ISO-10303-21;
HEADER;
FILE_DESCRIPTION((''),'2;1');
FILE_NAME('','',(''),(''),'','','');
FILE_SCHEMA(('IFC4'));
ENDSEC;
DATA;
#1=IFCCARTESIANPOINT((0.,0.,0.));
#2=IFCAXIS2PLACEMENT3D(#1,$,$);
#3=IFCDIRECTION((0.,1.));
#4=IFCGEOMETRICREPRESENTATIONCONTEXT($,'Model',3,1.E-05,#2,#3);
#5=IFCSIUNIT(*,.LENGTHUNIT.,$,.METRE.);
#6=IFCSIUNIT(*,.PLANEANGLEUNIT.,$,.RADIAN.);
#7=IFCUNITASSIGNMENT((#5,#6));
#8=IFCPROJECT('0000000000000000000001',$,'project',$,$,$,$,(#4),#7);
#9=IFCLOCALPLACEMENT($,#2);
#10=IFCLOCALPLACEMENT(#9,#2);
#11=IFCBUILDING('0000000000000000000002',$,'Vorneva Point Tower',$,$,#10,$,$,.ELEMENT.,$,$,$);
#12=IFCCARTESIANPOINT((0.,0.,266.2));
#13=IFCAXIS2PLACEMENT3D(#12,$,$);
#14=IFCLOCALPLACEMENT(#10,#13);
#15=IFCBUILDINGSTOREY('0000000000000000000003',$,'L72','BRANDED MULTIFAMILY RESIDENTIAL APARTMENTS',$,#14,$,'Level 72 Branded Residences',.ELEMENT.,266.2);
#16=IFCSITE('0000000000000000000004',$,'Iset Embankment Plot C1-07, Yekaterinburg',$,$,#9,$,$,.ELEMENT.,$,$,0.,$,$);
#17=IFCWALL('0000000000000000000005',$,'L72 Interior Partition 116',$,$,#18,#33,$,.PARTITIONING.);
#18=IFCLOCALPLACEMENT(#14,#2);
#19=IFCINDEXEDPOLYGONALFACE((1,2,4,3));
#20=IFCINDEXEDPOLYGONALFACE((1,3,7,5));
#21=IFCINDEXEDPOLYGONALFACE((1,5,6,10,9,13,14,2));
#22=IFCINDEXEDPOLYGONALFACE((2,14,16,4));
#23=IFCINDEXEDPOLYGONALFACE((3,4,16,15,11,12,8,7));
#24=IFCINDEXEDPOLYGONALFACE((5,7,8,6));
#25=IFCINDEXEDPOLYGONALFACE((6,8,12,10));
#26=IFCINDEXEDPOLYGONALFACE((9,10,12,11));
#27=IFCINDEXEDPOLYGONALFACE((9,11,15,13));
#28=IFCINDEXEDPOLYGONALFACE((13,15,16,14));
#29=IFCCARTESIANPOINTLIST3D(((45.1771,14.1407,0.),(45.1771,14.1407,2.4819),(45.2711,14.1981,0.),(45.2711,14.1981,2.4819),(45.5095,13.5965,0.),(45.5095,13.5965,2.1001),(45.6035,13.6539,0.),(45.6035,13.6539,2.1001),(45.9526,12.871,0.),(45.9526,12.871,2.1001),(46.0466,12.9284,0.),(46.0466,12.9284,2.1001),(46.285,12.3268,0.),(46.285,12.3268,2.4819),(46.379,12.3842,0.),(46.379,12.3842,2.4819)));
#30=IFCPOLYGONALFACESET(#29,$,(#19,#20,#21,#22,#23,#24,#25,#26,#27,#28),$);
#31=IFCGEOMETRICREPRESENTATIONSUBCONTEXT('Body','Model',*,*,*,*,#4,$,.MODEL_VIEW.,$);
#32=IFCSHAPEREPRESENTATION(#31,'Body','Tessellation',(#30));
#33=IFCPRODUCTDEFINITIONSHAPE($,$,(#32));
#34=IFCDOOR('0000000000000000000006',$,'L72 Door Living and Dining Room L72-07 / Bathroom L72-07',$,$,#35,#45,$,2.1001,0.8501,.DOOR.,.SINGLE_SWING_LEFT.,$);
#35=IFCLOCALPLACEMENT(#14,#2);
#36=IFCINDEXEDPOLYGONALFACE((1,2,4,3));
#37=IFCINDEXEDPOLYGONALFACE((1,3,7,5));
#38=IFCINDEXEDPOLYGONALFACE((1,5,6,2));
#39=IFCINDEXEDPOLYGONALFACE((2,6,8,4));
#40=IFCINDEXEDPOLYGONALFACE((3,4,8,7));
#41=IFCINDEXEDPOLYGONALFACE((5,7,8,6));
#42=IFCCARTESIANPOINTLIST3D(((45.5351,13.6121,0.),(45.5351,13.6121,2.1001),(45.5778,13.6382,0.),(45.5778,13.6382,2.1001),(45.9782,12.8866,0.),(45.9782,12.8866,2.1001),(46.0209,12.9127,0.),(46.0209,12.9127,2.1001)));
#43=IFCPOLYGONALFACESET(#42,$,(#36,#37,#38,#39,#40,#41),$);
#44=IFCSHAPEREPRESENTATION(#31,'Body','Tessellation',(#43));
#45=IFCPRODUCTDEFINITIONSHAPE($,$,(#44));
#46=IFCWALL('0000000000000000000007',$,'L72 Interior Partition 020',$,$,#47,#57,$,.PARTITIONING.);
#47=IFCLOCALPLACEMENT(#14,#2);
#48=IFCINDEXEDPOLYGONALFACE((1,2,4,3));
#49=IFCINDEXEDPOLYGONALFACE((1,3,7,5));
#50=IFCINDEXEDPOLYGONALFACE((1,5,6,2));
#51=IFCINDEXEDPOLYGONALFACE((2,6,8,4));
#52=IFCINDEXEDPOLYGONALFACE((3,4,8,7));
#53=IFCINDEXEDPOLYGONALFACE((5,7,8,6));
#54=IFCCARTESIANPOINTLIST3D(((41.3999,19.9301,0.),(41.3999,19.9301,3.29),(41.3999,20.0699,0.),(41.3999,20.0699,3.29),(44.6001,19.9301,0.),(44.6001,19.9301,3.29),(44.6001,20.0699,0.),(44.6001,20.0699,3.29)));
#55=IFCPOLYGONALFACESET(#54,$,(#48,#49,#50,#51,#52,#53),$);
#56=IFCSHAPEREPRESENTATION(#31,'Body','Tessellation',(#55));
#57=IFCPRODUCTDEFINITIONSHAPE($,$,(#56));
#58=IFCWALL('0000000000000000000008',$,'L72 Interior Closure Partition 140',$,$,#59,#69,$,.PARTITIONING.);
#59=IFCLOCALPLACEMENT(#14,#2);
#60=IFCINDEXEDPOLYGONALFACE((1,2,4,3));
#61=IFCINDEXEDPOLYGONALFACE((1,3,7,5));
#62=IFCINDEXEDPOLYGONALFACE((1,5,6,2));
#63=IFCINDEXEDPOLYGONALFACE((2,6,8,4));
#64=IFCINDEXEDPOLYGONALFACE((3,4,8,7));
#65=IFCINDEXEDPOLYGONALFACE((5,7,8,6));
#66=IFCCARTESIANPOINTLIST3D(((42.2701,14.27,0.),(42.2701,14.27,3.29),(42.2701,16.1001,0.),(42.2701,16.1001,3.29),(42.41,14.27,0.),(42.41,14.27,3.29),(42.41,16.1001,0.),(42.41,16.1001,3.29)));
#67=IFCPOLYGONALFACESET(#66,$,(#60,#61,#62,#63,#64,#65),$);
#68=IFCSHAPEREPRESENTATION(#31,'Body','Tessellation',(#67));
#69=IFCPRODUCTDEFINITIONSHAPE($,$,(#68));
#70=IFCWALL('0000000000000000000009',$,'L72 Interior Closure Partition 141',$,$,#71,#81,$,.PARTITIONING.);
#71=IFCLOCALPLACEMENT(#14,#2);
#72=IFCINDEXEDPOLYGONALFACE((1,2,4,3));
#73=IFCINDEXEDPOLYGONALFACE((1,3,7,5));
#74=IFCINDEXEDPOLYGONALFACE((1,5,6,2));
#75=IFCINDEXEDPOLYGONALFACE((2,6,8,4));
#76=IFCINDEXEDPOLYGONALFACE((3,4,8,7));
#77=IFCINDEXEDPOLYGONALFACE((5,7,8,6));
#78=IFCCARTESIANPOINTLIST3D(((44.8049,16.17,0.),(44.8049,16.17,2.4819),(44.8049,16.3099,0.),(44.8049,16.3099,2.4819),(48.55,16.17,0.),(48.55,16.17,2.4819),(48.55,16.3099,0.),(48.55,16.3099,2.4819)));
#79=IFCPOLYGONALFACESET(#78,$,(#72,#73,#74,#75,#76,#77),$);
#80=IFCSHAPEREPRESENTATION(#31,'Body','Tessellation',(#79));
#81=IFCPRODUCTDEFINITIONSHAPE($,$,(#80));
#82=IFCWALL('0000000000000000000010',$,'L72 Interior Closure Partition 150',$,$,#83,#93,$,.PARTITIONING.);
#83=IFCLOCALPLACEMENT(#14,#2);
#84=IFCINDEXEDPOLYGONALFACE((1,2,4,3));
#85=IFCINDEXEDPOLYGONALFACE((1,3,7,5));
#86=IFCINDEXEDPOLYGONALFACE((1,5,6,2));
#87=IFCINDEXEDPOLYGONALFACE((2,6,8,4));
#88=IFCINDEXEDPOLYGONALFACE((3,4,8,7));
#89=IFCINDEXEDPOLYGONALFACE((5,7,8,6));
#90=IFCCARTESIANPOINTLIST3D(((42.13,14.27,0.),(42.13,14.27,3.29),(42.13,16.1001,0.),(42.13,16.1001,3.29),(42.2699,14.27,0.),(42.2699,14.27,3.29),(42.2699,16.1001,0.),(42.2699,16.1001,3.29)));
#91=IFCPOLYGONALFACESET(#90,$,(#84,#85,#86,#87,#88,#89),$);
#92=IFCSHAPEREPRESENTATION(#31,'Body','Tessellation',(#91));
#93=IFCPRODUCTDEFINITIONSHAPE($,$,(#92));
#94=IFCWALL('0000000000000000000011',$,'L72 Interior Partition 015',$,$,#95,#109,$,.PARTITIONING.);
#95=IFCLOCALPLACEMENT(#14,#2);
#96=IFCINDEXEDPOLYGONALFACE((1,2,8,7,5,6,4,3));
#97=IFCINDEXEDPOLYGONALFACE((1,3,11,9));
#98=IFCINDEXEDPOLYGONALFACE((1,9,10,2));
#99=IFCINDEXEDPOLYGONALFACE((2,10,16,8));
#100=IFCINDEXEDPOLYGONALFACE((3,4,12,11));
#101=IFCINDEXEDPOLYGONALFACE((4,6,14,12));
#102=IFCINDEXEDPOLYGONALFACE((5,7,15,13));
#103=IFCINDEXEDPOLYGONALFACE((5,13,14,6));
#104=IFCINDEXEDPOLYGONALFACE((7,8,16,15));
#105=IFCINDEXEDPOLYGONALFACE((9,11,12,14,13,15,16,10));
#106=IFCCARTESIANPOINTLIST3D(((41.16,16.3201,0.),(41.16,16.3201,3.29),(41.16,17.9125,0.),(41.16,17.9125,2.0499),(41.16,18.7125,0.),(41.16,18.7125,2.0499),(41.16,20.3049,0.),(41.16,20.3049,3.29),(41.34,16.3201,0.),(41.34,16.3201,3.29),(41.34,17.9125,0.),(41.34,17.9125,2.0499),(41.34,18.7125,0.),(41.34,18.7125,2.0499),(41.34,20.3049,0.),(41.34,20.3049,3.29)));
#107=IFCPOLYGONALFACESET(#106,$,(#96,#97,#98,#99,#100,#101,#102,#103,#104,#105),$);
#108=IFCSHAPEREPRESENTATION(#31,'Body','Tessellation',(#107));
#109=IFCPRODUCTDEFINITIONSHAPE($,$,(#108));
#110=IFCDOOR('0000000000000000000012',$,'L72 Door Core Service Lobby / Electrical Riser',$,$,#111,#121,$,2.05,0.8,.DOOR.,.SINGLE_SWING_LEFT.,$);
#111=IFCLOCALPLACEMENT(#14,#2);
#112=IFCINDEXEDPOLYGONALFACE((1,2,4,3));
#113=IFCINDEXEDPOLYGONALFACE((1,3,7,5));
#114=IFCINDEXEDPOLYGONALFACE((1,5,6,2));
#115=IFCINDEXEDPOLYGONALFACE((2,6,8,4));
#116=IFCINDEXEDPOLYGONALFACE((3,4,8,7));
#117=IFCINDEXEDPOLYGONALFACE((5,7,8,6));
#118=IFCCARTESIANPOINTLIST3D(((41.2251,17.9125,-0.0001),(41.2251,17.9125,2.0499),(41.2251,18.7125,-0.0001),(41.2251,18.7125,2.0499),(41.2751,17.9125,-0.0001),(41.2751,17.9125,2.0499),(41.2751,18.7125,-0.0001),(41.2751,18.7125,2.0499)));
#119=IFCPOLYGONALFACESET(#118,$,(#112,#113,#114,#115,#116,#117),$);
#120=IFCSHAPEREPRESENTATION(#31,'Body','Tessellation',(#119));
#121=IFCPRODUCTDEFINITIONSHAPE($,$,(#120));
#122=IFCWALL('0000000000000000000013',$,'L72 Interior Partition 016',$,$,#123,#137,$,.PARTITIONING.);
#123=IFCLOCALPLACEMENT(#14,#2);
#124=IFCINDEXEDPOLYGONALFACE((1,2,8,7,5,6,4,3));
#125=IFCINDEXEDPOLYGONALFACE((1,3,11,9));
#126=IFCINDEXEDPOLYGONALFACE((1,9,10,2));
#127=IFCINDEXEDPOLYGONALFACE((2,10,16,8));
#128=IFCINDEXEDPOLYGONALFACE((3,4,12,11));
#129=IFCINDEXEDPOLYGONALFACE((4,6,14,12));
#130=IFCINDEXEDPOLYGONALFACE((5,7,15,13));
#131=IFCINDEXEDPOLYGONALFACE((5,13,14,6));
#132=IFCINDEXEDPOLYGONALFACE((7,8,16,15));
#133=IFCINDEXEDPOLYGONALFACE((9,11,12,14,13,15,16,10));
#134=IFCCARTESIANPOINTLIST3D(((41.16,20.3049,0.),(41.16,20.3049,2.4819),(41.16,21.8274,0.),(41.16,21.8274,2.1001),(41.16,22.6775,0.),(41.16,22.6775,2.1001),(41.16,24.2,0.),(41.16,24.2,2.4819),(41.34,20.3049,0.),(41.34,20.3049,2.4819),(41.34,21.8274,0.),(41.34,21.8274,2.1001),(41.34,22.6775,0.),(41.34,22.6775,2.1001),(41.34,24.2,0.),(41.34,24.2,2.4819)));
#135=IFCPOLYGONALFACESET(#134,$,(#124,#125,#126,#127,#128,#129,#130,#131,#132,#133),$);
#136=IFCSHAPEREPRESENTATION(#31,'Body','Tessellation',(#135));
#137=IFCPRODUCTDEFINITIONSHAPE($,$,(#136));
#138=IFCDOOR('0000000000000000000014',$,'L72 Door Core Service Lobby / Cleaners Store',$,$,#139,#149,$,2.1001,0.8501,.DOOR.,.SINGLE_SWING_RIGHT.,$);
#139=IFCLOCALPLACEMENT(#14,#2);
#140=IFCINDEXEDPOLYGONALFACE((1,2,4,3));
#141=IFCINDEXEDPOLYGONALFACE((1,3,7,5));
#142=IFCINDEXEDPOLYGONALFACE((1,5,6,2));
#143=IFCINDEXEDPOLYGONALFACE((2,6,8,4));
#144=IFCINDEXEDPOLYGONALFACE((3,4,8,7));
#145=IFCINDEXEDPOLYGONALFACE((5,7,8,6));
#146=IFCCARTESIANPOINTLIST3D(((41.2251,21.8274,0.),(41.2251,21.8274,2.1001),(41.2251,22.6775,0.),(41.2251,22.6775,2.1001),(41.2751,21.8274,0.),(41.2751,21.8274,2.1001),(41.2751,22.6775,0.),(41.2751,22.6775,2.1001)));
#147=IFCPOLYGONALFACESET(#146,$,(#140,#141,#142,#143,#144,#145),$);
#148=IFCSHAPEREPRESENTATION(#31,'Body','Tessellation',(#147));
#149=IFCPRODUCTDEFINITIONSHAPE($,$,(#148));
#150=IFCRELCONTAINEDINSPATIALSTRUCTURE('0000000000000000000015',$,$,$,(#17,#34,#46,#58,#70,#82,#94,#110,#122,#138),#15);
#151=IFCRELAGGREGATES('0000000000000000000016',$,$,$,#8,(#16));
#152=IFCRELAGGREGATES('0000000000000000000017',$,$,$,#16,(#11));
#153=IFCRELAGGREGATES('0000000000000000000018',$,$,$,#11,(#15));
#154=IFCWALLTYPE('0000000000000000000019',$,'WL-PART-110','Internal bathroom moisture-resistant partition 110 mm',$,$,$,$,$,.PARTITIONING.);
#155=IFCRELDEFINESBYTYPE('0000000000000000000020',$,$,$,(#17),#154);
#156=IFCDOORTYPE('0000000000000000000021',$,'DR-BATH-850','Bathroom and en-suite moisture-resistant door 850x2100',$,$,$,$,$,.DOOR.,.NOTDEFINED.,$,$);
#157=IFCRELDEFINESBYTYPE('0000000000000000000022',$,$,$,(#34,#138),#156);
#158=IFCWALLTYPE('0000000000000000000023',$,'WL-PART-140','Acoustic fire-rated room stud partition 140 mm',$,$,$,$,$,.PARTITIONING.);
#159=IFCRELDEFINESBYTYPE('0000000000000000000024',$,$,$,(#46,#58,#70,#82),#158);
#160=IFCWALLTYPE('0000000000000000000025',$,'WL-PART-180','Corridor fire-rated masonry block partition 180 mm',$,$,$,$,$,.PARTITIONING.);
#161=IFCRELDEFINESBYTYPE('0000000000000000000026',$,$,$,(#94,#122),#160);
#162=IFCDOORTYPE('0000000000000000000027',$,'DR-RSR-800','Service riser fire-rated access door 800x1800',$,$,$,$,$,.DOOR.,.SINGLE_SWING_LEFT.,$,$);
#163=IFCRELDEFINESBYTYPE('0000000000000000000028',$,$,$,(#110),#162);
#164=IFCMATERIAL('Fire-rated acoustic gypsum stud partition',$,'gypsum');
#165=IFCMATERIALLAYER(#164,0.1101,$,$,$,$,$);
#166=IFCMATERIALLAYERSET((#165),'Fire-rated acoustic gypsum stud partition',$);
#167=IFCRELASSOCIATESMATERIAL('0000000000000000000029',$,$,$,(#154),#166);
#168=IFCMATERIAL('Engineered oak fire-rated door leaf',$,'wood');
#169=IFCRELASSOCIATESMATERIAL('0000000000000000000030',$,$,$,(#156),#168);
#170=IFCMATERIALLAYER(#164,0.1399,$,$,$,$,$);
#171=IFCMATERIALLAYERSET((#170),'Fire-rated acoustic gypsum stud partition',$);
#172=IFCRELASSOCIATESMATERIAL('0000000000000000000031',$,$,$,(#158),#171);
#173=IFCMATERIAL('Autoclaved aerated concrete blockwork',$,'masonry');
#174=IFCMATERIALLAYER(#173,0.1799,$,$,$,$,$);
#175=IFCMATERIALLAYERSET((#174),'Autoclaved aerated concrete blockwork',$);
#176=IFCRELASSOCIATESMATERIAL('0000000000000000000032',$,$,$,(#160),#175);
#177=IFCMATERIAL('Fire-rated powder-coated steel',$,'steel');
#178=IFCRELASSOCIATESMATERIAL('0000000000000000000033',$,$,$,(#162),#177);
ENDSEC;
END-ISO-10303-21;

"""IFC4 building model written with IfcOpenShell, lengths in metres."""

from ifc_helpers import new_model, si_unit, direction, frame, frame_2d, origin, place, context, subcontext, project, spatial, rectangle, extrude, material, layer, layer_set, type_object, element, fill, save


model = new_model("IFC4")

# Units and contexts
model_context = context("Model", 3, precision=1e-05, world=origin(), true_north=direction((0.0, 1.0)))
body_context = subcontext(model_context, "Body", "Model", "MODEL_VIEW")
ifc_project = project(units=[si_unit("LENGTHUNIT", "METRE"), si_unit("PLANEANGLEUNIT", "RADIAN")], contexts=[model_context])

# Site, building, storey
site_placement = place(None, origin())
site = spatial("IfcSite", under=ifc_project, at=site_placement, Name="Iset Embankment Plot C1-07, Yekaterinburg", CompositionType="ELEMENT", RefElevation=0.0)
building_placement = place(site_placement, origin())
building = spatial("IfcBuilding", under=site, at=building_placement, Name="Vorneva Point Tower", CompositionType="ELEMENT")
storey_placement = place(building_placement, frame((0.0, 0.0, 266.2)))
storey = spatial("IfcBuildingStorey", under=building, at=storey_placement, Name="L72", Description="BRANDED MULTIFAMILY RESIDENTIAL APARTMENTS", LongName="Level 72 Branded Residences", CompositionType="ELEMENT", Elevation=266.2)

# Wall, opening, door
ifc_material_1 = material(Name="Fire-rated acoustic gypsum stud partition", Category="gypsum")
ifc_layer_1 = layer(ifc_material_1, 0.1101)
ifc_layer_set_1 = layer_set([ifc_layer_1], Name="Fire-rated acoustic gypsum stud partition")
wall_type_1 = type_object("IfcWallType", Name="WL-PART-110", Description="Internal bathroom moisture-resistant partition 110 mm", PredefinedType="PARTITIONING", material=ifc_layer_set_1)
wall_1_placement = place(storey_placement, frame((45.2241, 14.1694, 0.0), z_axis=(0.0, 0.0, 1.0), x_axis=(0.521236, -0.853412, 0.0)))
wall_1 = element("IfcWall", 1, at=wall_1_placement, inside=storey, type_object=wall_type_1, Name="L72 Interior Partition 116", PredefinedType="PARTITIONING", context=body_context, shape_type="SweptSolid", body=[
    extrude(rectangle(XDim=2.1255, YDim=0.1101, at=frame_2d((1.0627, 0.0))), origin(), (0.0, 0.0, 1.0), 2.4819),
])
opening_1_placement = place(wall_1_placement, frame((0.6377, 0.0, 0.0)))
opening_1 = element("IfcOpeningElement", 2, at=opening_1_placement, cuts=wall_1, PredefinedType="OPENING", context=body_context, shape_type="SweptSolid", body=[
    extrude(rectangle(XDim=0.8501, YDim=2.1001, at=frame_2d((0.425, 1.05))), frame((0.0, 0.0698, 0.0), z_axis=(0.0, -1.0, 0.0), x_axis=(1.0, 0.0, 0.0)), (0.0, 0.0, 1.0), 0.1399),
])
ifc_material_2 = material(Name="Engineered oak fire-rated door leaf", Category="wood")
door_type_1 = type_object("IfcDoorType", Name="DR-BATH-850", Description="Bathroom and en-suite moisture-resistant door 850x2100", OperationType="NOTDEFINED", PredefinedType="DOOR", material=ifc_material_2)
door_1_placement = place(opening_1_placement, origin())
door_1 = element("IfcDoor", 3, at=door_1_placement, inside=storey, type_object=door_type_1, Name="L72 Door Living and Dining Room L72-07 / Bathroom L72-07", OperationType="SINGLE_SWING_LEFT", OverallHeight=2.1001, OverallWidth=0.8501, PredefinedType="DOOR", context=body_context, shape_type="SweptSolid", body=[
    extrude(rectangle(XDim=0.8501, YDim=2.1001, at=frame_2d((0.425, 1.05))), frame((0.0, 0.0249, 0.0), z_axis=(0.0, -1.0, 0.0), x_axis=(1.0, 0.0, 0.0)), (0.0, 0.0, 1.0), 0.05),
])
fill(opening_1, door_1)

# Walls
ifc_layer_2 = layer(ifc_material_1, 0.1399)
ifc_layer_set_2 = layer_set([ifc_layer_2], Name="Fire-rated acoustic gypsum stud partition")
wall_type_2 = type_object("IfcWallType", Name="WL-PART-140", Description="Acoustic fire-rated room stud partition 140 mm", PredefinedType="PARTITIONING", material=ifc_layer_set_2)
wall_2_placement = place(storey_placement, frame((44.6001, 20.0, 0.0), z_axis=(0.0, 0.0, 1.0), x_axis=(-1.0, 0.0, 0.0)))
element("IfcWall", 4, at=wall_2_placement, inside=storey, type_object=wall_type_2, Name="L72 Interior Partition 020", PredefinedType="PARTITIONING", context=body_context, shape_type="SweptSolid", body=[
    extrude(rectangle(XDim=3.2002, YDim=0.1399, at=frame_2d((1.6001, 0.0))), origin(), (0.0, 0.0, 1.0), 3.29),
])
wall_3_placement = place(storey_placement, frame((42.3401, 14.27, 0.0), z_axis=(0.0, 0.0, 1.0), x_axis=(0.0, 1.0, 0.0)))
element("IfcWall", 5, at=wall_3_placement, inside=storey, type_object=wall_type_2, Name="L72 Interior Closure Partition 140", PredefinedType="PARTITIONING", context=body_context, shape_type="SweptSolid", body=[
    extrude(rectangle(XDim=1.8301, YDim=0.1399, at=frame_2d((0.915, 0.0))), origin(), (0.0, 0.0, 1.0), 3.29),
])
wall_4_placement = place(storey_placement, frame((44.8049, 16.24, 0.0), z_axis=(0.0, 0.0, 1.0), x_axis=(1.0, 0.0, 0.0)))
element("IfcWall", 6, at=wall_4_placement, inside=storey, type_object=wall_type_2, Name="L72 Interior Closure Partition 141", PredefinedType="PARTITIONING", context=body_context, shape_type="SweptSolid", body=[
    extrude(rectangle(XDim=3.7451, YDim=0.1399, at=frame_2d((1.8726, 0.0))), origin(), (0.0, 0.0, 1.0), 2.4819),
])
wall_5_placement = place(storey_placement, frame((42.2, 16.1001, 0.0), z_axis=(0.0, 0.0, 1.0), x_axis=(0.0, -1.0, 0.0)))
element("IfcWall", 7, at=wall_5_placement, inside=storey, type_object=wall_type_2, Name="L72 Interior Closure Partition 150", PredefinedType="PARTITIONING", context=body_context, shape_type="SweptSolid", body=[
    extrude(rectangle(XDim=1.8301, YDim=0.1399, at=frame_2d((0.915, 0.0))), origin(), (0.0, 0.0, 1.0), 3.29),
])

# Walls, openings, doors
ifc_material_3 = material(Name="Autoclaved aerated concrete blockwork", Category="masonry")
ifc_layer_3 = layer(ifc_material_3, 0.1799)
ifc_layer_set_3 = layer_set([ifc_layer_3], Name="Autoclaved aerated concrete blockwork")
wall_type_3 = type_object("IfcWallType", Name="WL-PART-180", Description="Corridor fire-rated masonry block partition 180 mm", PredefinedType="PARTITIONING", material=ifc_layer_set_3)
wall_6_placement = place(storey_placement, frame((41.25, 16.3201, 0.0), z_axis=(0.0, 0.0, 1.0), x_axis=(0.0, 1.0, 0.0)))
wall_6 = element("IfcWall", 8, at=wall_6_placement, inside=storey, type_object=wall_type_3, Name="L72 Interior Partition 015", PredefinedType="PARTITIONING", context=body_context, shape_type="SweptSolid", body=[
    extrude(rectangle(XDim=3.9849, YDim=0.1799, at=frame_2d((1.9924, 0.0))), origin(), (0.0, 0.0, 1.0), 3.29),
])
opening_2_placement = place(wall_6_placement, frame((1.5925, 0.0, 0.0)))
opening_2 = element("IfcOpeningElement", 9, at=opening_2_placement, cuts=wall_6, PredefinedType="OPENING", context=body_context, shape_type="SweptSolid", body=[
    extrude(rectangle(XDim=0.8, YDim=2.05, at=frame_2d((0.3999, 1.0249))), frame((0.0, 0.105, 0.0), z_axis=(0.0, -1.0, 0.0), x_axis=(1.0, 0.0, 0.0)), (0.0, 0.0, 1.0), 0.2097),
])
ifc_material_4 = material(Name="Fire-rated powder-coated steel", Category="steel")
door_type_2 = type_object("IfcDoorType", Name="DR-RSR-800", Description="Service riser fire-rated access door 800x1800", OperationType="SINGLE_SWING_LEFT", PredefinedType="DOOR", material=ifc_material_4)
door_2_placement = place(opening_2_placement, origin())
door_2 = element("IfcDoor", 10, at=door_2_placement, inside=storey, type_object=door_type_2, Name="L72 Door Core Service Lobby / Electrical Riser", OperationType="SINGLE_SWING_LEFT", OverallHeight=2.05, OverallWidth=0.8, PredefinedType="DOOR", context=body_context, shape_type="SweptSolid", body=[
    extrude(rectangle(XDim=0.8, YDim=2.05, at=frame_2d((0.3999, 1.0249))), frame((0.0, 0.0249, 0.0), z_axis=(0.0, -1.0, 0.0), x_axis=(1.0, 0.0, 0.0)), (0.0, 0.0, 1.0), 0.05),
])
fill(opening_2, door_2)
wall_7_placement = place(storey_placement, frame((41.25, 20.3049, 0.0), z_axis=(0.0, 0.0, 1.0), x_axis=(0.0, 1.0, 0.0)))
wall_7 = element("IfcWall", 11, at=wall_7_placement, inside=storey, type_object=wall_type_3, Name="L72 Interior Partition 016", PredefinedType="PARTITIONING", context=body_context, shape_type="SweptSolid", body=[
    extrude(rectangle(XDim=3.895, YDim=0.1799, at=frame_2d((1.9475, 0.0))), origin(), (0.0, 0.0, 1.0), 2.4819),
])
opening_3_placement = place(wall_7_placement, frame((1.5225, 0.0, 0.0)))
opening_3 = element("IfcOpeningElement", 12, at=opening_3_placement, cuts=wall_7, PredefinedType="OPENING", context=body_context, shape_type="SweptSolid", body=[
    extrude(rectangle(XDim=0.8501, YDim=2.1001, at=frame_2d((0.425, 1.05))), frame((0.0, 0.105, 0.0), z_axis=(0.0, -1.0, 0.0), x_axis=(1.0, 0.0, 0.0)), (0.0, 0.0, 1.0), 0.2097),
])
door_3_placement = place(opening_3_placement, origin())
door_3 = element("IfcDoor", 13, at=door_3_placement, inside=storey, type_object=door_type_1, Name="L72 Door Core Service Lobby / Cleaners Store", OperationType="SINGLE_SWING_RIGHT", OverallHeight=2.1001, OverallWidth=0.8501, PredefinedType="DOOR", context=body_context, shape_type="SweptSolid", body=[
    extrude(rectangle(XDim=0.8501, YDim=2.1001, at=frame_2d((0.425, 1.05))), frame((0.0, 0.0249, 0.0), z_axis=(0.0, -1.0, 0.0), x_axis=(1.0, 0.0, 0.0)), (0.0, 0.0, 1.0), 0.05),
])
fill(opening_3, door_3)

save(model, "model.ifc")
